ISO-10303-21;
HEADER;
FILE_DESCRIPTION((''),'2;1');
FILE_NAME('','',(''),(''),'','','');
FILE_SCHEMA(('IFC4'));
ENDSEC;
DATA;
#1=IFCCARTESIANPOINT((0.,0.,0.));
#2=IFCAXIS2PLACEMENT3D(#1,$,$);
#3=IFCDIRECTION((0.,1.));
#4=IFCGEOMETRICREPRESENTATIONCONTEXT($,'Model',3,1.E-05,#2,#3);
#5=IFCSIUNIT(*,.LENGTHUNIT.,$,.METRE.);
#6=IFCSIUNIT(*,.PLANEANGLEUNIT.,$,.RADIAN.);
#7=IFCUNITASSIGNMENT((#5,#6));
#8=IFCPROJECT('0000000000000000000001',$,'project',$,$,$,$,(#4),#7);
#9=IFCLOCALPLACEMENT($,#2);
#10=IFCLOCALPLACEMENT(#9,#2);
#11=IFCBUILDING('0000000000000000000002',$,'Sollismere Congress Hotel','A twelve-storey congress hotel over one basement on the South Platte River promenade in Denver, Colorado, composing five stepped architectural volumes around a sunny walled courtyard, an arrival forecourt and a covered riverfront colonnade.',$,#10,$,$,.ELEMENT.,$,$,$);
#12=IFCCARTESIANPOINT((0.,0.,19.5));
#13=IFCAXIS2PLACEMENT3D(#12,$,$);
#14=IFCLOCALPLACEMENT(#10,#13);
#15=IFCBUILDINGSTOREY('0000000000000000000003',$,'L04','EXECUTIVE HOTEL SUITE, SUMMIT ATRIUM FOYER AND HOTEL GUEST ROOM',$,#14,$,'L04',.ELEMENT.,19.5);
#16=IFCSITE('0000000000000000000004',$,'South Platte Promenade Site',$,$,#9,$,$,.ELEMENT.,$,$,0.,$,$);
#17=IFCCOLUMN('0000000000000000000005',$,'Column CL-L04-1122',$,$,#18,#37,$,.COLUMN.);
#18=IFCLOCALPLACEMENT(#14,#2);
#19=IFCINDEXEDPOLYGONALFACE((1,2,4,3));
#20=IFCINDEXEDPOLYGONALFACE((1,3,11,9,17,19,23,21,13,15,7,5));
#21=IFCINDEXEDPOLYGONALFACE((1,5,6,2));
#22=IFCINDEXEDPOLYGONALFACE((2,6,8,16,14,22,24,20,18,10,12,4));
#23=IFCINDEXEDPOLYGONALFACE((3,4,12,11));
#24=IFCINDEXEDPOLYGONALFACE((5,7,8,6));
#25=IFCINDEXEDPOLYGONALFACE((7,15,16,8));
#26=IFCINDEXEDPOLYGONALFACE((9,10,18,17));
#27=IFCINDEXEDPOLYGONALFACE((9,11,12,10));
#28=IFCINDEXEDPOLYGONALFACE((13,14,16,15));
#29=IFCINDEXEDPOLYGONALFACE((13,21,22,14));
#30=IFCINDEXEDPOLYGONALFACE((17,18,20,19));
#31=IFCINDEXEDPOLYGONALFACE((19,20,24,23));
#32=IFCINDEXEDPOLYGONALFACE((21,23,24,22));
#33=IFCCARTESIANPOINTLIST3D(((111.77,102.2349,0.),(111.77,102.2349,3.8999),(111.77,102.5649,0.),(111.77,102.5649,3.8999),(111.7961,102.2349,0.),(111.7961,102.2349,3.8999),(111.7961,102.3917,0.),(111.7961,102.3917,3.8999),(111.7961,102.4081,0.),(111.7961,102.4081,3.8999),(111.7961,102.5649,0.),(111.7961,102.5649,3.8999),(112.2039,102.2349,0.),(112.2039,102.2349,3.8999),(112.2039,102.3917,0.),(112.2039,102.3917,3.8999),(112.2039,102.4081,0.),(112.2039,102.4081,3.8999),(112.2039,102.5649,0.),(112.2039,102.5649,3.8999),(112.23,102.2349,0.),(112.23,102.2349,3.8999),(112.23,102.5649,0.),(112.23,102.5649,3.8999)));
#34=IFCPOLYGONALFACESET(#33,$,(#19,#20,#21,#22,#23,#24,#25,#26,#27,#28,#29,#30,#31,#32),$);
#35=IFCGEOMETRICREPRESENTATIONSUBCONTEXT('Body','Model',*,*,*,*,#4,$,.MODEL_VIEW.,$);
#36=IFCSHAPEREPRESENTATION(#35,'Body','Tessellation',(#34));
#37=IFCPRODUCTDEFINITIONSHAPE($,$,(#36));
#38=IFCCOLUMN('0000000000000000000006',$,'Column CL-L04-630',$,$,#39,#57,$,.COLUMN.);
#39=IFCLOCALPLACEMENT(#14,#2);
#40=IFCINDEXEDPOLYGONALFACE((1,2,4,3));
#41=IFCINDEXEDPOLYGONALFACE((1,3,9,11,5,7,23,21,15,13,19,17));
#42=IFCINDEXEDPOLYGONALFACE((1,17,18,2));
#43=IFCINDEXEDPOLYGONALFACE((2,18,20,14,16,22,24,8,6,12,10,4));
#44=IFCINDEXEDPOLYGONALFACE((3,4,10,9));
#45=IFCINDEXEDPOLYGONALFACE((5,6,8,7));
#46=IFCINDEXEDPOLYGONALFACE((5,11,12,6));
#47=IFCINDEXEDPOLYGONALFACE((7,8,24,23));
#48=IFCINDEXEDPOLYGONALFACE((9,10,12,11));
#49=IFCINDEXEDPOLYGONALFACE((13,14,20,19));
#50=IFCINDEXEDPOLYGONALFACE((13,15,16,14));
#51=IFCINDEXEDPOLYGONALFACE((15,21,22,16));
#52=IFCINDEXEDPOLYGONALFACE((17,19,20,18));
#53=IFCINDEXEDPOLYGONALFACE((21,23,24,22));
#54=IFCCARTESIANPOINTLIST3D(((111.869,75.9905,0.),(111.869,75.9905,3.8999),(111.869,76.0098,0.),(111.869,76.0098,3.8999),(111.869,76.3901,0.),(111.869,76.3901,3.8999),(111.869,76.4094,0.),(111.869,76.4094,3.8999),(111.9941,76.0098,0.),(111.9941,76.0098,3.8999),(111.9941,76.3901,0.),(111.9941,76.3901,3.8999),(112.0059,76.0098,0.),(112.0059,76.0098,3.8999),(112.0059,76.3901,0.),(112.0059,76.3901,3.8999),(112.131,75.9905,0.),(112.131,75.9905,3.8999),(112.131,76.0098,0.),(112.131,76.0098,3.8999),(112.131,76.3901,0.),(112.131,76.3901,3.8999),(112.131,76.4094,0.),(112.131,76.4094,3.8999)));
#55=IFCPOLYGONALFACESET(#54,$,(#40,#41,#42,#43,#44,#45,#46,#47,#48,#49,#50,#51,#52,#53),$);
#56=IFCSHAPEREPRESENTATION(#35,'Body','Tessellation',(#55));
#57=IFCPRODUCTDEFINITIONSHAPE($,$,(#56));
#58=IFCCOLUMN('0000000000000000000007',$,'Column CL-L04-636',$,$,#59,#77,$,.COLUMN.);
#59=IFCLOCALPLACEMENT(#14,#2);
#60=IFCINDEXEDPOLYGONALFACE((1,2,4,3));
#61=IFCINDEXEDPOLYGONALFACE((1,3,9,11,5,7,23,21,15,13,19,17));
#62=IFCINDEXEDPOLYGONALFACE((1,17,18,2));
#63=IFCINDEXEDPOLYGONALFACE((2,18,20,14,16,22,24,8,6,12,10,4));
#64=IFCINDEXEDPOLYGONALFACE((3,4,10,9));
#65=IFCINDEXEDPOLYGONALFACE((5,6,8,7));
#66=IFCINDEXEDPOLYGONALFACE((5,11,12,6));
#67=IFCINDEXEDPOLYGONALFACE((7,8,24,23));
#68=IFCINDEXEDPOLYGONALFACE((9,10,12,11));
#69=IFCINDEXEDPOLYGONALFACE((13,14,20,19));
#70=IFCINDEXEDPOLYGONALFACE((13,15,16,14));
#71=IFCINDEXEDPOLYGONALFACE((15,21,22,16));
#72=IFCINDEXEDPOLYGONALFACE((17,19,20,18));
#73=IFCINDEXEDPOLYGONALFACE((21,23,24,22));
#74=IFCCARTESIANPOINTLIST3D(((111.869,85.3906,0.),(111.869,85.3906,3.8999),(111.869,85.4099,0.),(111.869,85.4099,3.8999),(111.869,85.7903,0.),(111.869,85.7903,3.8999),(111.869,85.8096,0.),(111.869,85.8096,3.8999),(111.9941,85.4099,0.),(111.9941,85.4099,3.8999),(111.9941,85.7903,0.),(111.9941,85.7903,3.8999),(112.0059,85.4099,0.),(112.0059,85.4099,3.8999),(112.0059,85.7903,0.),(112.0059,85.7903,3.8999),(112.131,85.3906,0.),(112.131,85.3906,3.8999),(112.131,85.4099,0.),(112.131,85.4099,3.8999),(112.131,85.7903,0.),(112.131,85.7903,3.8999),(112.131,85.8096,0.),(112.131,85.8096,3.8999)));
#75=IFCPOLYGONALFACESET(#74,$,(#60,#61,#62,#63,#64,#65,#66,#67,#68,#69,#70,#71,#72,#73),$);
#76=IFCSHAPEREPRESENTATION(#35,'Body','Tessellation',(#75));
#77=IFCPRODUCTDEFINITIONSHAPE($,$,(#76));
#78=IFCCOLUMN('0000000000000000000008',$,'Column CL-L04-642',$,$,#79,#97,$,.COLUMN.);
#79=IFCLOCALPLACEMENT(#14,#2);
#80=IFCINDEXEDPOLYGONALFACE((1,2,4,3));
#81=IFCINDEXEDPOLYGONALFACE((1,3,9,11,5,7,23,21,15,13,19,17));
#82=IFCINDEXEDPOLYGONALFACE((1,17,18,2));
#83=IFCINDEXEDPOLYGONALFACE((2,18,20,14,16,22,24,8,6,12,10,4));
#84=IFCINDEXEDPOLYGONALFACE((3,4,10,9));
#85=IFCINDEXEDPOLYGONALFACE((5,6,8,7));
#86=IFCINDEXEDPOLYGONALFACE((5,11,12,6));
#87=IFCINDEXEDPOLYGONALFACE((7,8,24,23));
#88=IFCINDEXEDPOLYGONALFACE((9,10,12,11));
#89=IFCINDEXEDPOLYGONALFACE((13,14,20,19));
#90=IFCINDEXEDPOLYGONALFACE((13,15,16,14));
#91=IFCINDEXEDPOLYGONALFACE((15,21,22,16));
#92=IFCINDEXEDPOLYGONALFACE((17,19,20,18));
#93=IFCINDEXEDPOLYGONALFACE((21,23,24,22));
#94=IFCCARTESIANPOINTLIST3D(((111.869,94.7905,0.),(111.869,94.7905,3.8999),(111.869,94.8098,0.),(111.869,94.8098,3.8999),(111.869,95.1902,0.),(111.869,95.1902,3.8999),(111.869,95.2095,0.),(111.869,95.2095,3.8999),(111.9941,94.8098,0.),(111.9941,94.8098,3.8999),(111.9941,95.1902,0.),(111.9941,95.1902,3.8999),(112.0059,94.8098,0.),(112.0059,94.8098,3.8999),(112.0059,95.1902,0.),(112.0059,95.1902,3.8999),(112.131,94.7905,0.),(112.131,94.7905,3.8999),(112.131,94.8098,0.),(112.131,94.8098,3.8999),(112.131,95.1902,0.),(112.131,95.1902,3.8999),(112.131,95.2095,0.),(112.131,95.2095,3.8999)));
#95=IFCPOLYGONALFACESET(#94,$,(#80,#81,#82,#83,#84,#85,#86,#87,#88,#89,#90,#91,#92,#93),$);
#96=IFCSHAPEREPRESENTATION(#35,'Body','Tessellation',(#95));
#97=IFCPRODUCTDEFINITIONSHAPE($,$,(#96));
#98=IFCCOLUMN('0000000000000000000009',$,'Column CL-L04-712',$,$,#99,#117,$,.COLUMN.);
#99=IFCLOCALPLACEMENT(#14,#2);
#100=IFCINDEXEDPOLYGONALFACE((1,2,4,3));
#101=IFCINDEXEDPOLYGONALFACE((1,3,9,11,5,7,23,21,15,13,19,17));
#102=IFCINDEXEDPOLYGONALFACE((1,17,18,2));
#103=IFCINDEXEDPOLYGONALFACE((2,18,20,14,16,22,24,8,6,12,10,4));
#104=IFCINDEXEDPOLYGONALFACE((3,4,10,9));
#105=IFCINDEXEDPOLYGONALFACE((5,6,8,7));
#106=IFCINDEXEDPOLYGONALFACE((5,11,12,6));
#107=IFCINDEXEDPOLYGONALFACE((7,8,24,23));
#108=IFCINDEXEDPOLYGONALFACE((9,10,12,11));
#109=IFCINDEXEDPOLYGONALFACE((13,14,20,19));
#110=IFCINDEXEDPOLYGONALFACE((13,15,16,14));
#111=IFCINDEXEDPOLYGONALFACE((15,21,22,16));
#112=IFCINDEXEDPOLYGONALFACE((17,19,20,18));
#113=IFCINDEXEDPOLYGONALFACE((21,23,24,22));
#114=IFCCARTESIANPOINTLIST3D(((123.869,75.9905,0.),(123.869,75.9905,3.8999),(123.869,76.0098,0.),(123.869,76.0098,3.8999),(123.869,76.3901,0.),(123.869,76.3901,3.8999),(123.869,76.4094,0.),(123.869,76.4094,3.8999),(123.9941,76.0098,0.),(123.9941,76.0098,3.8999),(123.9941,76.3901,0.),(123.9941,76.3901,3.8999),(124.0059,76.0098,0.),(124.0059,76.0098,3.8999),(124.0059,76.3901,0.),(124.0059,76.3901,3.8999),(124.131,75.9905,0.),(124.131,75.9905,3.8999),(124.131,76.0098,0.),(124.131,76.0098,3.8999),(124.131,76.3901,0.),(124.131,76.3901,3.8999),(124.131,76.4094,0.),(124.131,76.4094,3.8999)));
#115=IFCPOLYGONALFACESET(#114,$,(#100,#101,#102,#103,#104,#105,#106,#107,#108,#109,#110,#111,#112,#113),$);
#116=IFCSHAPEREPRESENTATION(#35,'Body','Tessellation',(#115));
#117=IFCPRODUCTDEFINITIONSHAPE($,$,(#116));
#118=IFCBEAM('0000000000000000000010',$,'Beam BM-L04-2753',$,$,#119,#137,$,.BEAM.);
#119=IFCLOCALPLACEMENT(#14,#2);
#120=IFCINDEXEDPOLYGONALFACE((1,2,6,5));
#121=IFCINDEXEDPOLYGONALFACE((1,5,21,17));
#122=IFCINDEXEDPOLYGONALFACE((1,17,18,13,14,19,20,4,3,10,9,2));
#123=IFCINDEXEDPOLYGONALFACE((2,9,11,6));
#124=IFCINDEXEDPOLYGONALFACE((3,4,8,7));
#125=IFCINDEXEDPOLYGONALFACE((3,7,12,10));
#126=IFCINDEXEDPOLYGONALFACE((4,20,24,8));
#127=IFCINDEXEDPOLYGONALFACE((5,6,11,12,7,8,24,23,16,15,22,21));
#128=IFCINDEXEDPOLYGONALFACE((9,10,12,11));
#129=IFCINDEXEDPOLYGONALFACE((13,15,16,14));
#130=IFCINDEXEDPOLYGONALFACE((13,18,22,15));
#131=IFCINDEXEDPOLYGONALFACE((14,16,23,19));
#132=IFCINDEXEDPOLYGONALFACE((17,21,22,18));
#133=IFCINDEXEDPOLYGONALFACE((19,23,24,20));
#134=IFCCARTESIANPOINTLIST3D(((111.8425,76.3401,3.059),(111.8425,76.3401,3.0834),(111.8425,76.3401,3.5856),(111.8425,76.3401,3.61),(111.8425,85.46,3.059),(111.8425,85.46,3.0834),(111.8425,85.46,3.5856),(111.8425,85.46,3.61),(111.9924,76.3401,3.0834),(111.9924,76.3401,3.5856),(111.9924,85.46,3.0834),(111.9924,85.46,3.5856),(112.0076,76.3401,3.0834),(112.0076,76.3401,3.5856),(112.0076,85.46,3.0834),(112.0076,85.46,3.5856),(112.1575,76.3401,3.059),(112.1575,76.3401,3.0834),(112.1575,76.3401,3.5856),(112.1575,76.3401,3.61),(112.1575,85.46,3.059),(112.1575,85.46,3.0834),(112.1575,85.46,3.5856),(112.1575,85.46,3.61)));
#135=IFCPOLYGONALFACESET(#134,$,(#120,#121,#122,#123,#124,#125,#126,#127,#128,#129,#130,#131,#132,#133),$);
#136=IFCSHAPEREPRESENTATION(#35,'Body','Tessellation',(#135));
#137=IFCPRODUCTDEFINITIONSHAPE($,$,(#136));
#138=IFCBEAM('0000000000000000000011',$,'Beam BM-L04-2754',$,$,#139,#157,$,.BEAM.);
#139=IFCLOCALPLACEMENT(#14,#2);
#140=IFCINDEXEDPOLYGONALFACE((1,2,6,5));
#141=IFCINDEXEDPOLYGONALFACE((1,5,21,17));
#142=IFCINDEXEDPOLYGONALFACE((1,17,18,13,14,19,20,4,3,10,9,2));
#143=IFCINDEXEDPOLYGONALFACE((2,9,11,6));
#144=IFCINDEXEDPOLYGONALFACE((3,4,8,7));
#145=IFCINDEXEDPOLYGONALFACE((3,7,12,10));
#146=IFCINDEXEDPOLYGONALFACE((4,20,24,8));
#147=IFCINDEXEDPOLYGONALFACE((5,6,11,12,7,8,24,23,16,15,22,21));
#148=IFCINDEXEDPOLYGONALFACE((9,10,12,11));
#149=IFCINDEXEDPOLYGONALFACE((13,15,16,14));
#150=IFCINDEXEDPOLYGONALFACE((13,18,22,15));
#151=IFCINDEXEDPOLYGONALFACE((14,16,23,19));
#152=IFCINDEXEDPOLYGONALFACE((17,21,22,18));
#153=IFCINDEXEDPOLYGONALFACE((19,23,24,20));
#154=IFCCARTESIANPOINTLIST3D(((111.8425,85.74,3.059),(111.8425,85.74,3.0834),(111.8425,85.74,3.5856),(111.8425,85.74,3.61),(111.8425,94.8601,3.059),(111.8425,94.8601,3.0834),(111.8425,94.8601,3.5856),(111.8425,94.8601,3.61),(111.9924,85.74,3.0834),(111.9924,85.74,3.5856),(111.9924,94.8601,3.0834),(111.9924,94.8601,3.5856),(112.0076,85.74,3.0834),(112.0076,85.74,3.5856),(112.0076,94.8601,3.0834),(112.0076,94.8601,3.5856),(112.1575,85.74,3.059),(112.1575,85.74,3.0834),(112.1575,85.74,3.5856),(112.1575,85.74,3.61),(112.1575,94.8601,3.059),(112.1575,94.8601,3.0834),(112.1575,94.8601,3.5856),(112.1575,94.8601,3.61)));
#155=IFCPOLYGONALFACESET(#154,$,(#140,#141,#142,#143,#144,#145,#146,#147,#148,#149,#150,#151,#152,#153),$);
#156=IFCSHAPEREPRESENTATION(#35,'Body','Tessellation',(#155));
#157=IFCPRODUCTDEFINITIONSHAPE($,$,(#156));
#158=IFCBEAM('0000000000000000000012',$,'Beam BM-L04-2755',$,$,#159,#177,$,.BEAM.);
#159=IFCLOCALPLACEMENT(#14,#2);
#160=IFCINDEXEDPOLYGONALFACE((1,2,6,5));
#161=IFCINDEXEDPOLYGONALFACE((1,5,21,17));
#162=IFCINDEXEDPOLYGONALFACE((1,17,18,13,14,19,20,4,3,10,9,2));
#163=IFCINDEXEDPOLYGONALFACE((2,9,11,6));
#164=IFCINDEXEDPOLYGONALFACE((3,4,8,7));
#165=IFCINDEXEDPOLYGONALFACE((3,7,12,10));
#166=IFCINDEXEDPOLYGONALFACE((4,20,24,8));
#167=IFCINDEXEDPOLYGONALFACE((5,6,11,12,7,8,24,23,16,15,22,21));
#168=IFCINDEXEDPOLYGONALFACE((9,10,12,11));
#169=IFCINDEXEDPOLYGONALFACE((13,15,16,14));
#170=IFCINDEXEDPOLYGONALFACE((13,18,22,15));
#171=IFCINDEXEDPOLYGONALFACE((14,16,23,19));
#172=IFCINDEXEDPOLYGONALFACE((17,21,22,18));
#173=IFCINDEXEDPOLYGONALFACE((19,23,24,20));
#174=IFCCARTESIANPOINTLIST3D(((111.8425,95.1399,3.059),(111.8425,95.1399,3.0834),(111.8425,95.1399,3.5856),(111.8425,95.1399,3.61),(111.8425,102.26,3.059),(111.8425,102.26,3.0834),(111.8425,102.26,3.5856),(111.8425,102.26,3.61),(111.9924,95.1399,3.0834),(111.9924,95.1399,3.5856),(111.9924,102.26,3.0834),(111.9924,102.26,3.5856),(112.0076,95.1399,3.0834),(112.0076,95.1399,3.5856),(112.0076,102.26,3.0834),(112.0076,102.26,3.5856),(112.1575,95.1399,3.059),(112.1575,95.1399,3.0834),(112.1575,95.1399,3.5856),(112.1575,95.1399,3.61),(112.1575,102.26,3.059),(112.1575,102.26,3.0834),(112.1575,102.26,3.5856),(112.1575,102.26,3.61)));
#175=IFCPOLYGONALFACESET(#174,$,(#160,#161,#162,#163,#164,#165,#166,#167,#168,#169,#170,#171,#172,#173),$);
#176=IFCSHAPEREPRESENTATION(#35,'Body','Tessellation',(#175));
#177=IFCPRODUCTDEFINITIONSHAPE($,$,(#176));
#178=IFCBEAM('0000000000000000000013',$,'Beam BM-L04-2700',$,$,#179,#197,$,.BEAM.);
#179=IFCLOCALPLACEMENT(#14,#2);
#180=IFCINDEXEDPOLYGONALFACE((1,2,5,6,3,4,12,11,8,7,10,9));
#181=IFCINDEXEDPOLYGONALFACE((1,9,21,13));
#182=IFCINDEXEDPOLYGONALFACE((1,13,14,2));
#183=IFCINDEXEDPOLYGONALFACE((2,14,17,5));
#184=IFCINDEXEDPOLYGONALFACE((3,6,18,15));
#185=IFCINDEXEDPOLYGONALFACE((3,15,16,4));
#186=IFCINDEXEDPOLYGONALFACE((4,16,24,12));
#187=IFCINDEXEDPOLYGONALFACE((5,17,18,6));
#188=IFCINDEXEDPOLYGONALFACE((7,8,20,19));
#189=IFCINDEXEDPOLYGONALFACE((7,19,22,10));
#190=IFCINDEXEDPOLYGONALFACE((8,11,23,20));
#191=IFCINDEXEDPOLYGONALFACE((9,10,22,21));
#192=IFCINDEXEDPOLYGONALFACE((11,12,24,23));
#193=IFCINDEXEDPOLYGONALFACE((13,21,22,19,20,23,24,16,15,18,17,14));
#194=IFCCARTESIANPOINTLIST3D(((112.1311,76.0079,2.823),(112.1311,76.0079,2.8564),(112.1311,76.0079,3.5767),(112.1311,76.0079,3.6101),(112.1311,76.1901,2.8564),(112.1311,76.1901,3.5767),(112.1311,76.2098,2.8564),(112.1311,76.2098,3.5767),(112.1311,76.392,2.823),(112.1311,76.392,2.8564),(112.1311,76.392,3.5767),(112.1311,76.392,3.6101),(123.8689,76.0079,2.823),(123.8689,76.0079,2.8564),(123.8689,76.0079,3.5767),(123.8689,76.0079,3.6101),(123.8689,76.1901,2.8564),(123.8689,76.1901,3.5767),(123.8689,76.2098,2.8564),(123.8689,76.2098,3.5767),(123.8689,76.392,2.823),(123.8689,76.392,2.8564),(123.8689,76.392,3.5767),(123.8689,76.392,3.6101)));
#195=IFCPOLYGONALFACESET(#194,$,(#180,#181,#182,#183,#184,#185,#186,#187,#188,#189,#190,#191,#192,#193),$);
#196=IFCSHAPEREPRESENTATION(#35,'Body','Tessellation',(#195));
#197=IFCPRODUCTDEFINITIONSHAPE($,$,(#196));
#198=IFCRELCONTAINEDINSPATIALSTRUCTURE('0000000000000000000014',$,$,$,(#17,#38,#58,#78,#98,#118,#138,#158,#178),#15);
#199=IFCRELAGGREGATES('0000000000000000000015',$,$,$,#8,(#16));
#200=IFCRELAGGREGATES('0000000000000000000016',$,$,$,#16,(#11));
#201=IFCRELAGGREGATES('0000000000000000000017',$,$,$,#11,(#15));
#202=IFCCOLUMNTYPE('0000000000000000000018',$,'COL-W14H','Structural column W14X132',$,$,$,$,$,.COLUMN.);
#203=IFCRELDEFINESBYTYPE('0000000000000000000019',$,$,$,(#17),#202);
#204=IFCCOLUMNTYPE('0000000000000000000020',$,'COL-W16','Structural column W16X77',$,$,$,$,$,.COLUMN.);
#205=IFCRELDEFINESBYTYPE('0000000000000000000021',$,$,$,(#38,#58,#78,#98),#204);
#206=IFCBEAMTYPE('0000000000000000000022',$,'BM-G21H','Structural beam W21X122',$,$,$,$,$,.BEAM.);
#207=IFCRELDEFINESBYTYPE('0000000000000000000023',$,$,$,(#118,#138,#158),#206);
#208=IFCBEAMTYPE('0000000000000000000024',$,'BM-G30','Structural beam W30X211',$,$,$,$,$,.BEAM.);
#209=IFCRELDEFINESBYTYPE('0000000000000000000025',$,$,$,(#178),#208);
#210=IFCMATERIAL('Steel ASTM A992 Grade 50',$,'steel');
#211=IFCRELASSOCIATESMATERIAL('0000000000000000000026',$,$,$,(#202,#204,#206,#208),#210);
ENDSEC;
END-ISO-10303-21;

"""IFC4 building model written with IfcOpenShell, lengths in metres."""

from ifc_helpers import new_model, si_unit, direction, frame, origin, origin_2d, place, context, subcontext, project, spatial, i_section, extrude, material, material_profile, profile_set, type_object, element, save


model = new_model("IFC4")

# Units and contexts
model_context = context("Model", 3, precision=1e-05, world=origin(), true_north=direction((0.0, 1.0)))
body_context = subcontext(model_context, "Body", "Model", "MODEL_VIEW")
ifc_project = project(units=[si_unit("LENGTHUNIT", "METRE"), si_unit("PLANEANGLEUNIT", "RADIAN")], contexts=[model_context])

# Site, building, storey
site_placement = place(None, origin())
site = spatial("IfcSite", under=ifc_project, at=site_placement, Name="South Platte Promenade Site", CompositionType="ELEMENT", RefElevation=0.0)
building_placement = place(site_placement, origin())
building = spatial("IfcBuilding", under=site, at=building_placement, Name="Sollismere Congress Hotel", Description="A twelve-storey congress hotel over one basement on the South Platte River promenade in Denver, Colorado, composing five stepped architectural volumes around a sunny walled courtyard, an arrival forecourt and a covered riverfront colonnade.", CompositionType="ELEMENT")
storey_placement = place(building_placement, frame((0.0, 0.0, 19.5)))
storey = spatial("IfcBuildingStorey", under=building, at=storey_placement, Name="L04", Description="EXECUTIVE HOTEL SUITE, SUMMIT ATRIUM FOYER AND HOTEL GUEST ROOM", LongName="L04", CompositionType="ELEMENT", Elevation=19.5)

# Columns
ifc_material_1 = material(Name="Steel ASTM A992 Grade 50", Category="steel")
ifc_material_profile_1 = material_profile(ifc_material_1, i_section(OverallWidth=0.3301, OverallDepth=0.46, WebThickness=0.0164, FlangeThickness=0.0261, at=origin_2d()), Name="W14X132")
ifc_profile_set_1 = profile_set([ifc_material_profile_1], Name="Steel ASTM A992 Grade 50")
column_type_1 = type_object("IfcColumnType", Name="COL-W14H", Description="Structural column W14X132", PredefinedType="COLUMN", material=ifc_profile_set_1)
column_placement = place(storey_placement, frame((112.0, 102.3999, 0.0), z_axis=(0.0, 0.0, 1.0), x_axis=(0.0, 1.0, 0.0)))
element("IfcColumn", 1, at=column_placement, inside=storey, type_object=column_type_1, Name="Column CL-L04-1122", PredefinedType="COLUMN", context=body_context, shape_type="SweptSolid", body=[
    extrude(i_section(OverallWidth=0.3301, OverallDepth=0.46, WebThickness=0.0164, FlangeThickness=0.0261, at=origin_2d()), origin(), (0.0, 0.0, 1.0), 3.8999),
])
ifc_material_profile_2 = material_profile(ifc_material_1, i_section(OverallWidth=0.262, OverallDepth=0.4189, WebThickness=0.0117, FlangeThickness=0.0193, at=origin_2d()), Name="W16X77")
ifc_profile_set_2 = profile_set([ifc_material_profile_2], Name="Steel ASTM A992 Grade 50")
column_type_2 = type_object("IfcColumnType", Name="COL-W16", Description="Structural column W16X77", PredefinedType="COLUMN", material=ifc_profile_set_2)
for number, where, z_axis, x_axis, name in (
    (2, (112.0, 76.2, 0.0), (0.0, 0.0, 1.0), (1.0, 0.0, 0.0), "Column CL-L04-630"),
    (3, (112.0, 85.6001, 0.0), (0.0, 0.0, 1.0), (1.0, 0.0, 0.0), "Column CL-L04-636"),
    (4, (112.0, 95.0, 0.0), (0.0, 0.0, 1.0), (1.0, 0.0, 0.0), "Column CL-L04-642"),
    (5, (124.0, 76.2, 0.0), (0.0, 0.0, 1.0), (1.0, 0.0, 0.0), "Column CL-L04-712"),
):
    element("IfcColumn", number, at=place(storey_placement, frame(where, z_axis=z_axis, x_axis=x_axis)), inside=storey, type_object=column_type_2, Name=name, PredefinedType="COLUMN", context=body_context, shape_type="SweptSolid", body=[
        extrude(i_section(OverallWidth=0.262, OverallDepth=0.4189, WebThickness=0.0117, FlangeThickness=0.0193, at=origin_2d()), origin(), (0.0, 0.0, 1.0), 3.8999),
    ])

# Beams
ifc_material_profile_3 = material_profile(ifc_material_1, i_section(OverallWidth=0.3149, OverallDepth=0.551, WebThickness=0.0151, FlangeThickness=0.0244, at=origin_2d()), Name="W21X122")
ifc_profile_set_3 = profile_set([ifc_material_profile_3], Name="Steel ASTM A992 Grade 50")
beam_type_1 = type_object("IfcBeamType", Name="BM-G21H", Description="Structural beam W21X122", PredefinedType="BEAM", material=ifc_profile_set_3)
beam_1_placement = place(storey_placement, frame((112.0, 76.3401, 3.3345), z_axis=(0.0, 1.0, 0.0), x_axis=(-1.0, 0.0, 0.0)))
element("IfcBeam", 6, at=beam_1_placement, inside=storey, type_object=beam_type_1, Name="Beam BM-L04-2753", PredefinedType="BEAM", context=body_context, shape_type="SweptSolid", body=[
    extrude(i_section(OverallWidth=0.3149, OverallDepth=0.551, WebThickness=0.0151, FlangeThickness=0.0244, at=origin_2d()), origin(), (0.0, 0.0, 1.0), 9.1199),
])
beam_2_placement = place(storey_placement, frame((112.0, 85.74, 3.3345), z_axis=(0.0, 1.0, 0.0), x_axis=(-1.0, 0.0, 0.0)))
element("IfcBeam", 7, at=beam_2_placement, inside=storey, type_object=beam_type_1, Name="Beam BM-L04-2754", PredefinedType="BEAM", context=body_context, shape_type="SweptSolid", body=[
    extrude(i_section(OverallWidth=0.3149, OverallDepth=0.551, WebThickness=0.0151, FlangeThickness=0.0244, at=origin_2d()), origin(), (0.0, 0.0, 1.0), 9.1201),
])
beam_3_placement = place(storey_placement, frame((112.0, 95.1399, 3.3345), z_axis=(0.0, 1.0, 0.0), x_axis=(-1.0, 0.0, 0.0)))
element("IfcBeam", 8, at=beam_3_placement, inside=storey, type_object=beam_type_1, Name="Beam BM-L04-2755", PredefinedType="BEAM", context=body_context, shape_type="SweptSolid", body=[
    extrude(i_section(OverallWidth=0.3149, OverallDepth=0.551, WebThickness=0.0151, FlangeThickness=0.0244, at=origin_2d()), origin(), (0.0, 0.0, 1.0), 7.1201),
])
ifc_material_profile_4 = material_profile(ifc_material_1, i_section(OverallWidth=0.384, OverallDepth=0.7871, WebThickness=0.0198, FlangeThickness=0.0334, at=origin_2d()), Name="W30X211")
ifc_profile_set_4 = profile_set([ifc_material_profile_4], Name="Steel ASTM A992 Grade 50")
beam_type_2 = type_object("IfcBeamType", Name="BM-G30", Description="Structural beam W30X211", PredefinedType="BEAM", material=ifc_profile_set_4)
for number, where, z_axis, x_axis, name in (
    (9, (112.1311, 76.2, 3.2166), (1.0, 0.0, 0.0), (0.0, 1.0, 0.0), "Beam BM-L04-2700"),
):
    element("IfcBeam", number, at=place(storey_placement, frame(where, z_axis=z_axis, x_axis=x_axis)), inside=storey, type_object=beam_type_2, Name=name, PredefinedType="BEAM", context=body_context, shape_type="SweptSolid", body=[
        extrude(i_section(OverallWidth=0.384, OverallDepth=0.7871, WebThickness=0.0198, FlangeThickness=0.0334, at=origin_2d()), origin(), (0.0, 0.0, 1.0), 11.7378),
    ])

save(model, "model.ifc")
